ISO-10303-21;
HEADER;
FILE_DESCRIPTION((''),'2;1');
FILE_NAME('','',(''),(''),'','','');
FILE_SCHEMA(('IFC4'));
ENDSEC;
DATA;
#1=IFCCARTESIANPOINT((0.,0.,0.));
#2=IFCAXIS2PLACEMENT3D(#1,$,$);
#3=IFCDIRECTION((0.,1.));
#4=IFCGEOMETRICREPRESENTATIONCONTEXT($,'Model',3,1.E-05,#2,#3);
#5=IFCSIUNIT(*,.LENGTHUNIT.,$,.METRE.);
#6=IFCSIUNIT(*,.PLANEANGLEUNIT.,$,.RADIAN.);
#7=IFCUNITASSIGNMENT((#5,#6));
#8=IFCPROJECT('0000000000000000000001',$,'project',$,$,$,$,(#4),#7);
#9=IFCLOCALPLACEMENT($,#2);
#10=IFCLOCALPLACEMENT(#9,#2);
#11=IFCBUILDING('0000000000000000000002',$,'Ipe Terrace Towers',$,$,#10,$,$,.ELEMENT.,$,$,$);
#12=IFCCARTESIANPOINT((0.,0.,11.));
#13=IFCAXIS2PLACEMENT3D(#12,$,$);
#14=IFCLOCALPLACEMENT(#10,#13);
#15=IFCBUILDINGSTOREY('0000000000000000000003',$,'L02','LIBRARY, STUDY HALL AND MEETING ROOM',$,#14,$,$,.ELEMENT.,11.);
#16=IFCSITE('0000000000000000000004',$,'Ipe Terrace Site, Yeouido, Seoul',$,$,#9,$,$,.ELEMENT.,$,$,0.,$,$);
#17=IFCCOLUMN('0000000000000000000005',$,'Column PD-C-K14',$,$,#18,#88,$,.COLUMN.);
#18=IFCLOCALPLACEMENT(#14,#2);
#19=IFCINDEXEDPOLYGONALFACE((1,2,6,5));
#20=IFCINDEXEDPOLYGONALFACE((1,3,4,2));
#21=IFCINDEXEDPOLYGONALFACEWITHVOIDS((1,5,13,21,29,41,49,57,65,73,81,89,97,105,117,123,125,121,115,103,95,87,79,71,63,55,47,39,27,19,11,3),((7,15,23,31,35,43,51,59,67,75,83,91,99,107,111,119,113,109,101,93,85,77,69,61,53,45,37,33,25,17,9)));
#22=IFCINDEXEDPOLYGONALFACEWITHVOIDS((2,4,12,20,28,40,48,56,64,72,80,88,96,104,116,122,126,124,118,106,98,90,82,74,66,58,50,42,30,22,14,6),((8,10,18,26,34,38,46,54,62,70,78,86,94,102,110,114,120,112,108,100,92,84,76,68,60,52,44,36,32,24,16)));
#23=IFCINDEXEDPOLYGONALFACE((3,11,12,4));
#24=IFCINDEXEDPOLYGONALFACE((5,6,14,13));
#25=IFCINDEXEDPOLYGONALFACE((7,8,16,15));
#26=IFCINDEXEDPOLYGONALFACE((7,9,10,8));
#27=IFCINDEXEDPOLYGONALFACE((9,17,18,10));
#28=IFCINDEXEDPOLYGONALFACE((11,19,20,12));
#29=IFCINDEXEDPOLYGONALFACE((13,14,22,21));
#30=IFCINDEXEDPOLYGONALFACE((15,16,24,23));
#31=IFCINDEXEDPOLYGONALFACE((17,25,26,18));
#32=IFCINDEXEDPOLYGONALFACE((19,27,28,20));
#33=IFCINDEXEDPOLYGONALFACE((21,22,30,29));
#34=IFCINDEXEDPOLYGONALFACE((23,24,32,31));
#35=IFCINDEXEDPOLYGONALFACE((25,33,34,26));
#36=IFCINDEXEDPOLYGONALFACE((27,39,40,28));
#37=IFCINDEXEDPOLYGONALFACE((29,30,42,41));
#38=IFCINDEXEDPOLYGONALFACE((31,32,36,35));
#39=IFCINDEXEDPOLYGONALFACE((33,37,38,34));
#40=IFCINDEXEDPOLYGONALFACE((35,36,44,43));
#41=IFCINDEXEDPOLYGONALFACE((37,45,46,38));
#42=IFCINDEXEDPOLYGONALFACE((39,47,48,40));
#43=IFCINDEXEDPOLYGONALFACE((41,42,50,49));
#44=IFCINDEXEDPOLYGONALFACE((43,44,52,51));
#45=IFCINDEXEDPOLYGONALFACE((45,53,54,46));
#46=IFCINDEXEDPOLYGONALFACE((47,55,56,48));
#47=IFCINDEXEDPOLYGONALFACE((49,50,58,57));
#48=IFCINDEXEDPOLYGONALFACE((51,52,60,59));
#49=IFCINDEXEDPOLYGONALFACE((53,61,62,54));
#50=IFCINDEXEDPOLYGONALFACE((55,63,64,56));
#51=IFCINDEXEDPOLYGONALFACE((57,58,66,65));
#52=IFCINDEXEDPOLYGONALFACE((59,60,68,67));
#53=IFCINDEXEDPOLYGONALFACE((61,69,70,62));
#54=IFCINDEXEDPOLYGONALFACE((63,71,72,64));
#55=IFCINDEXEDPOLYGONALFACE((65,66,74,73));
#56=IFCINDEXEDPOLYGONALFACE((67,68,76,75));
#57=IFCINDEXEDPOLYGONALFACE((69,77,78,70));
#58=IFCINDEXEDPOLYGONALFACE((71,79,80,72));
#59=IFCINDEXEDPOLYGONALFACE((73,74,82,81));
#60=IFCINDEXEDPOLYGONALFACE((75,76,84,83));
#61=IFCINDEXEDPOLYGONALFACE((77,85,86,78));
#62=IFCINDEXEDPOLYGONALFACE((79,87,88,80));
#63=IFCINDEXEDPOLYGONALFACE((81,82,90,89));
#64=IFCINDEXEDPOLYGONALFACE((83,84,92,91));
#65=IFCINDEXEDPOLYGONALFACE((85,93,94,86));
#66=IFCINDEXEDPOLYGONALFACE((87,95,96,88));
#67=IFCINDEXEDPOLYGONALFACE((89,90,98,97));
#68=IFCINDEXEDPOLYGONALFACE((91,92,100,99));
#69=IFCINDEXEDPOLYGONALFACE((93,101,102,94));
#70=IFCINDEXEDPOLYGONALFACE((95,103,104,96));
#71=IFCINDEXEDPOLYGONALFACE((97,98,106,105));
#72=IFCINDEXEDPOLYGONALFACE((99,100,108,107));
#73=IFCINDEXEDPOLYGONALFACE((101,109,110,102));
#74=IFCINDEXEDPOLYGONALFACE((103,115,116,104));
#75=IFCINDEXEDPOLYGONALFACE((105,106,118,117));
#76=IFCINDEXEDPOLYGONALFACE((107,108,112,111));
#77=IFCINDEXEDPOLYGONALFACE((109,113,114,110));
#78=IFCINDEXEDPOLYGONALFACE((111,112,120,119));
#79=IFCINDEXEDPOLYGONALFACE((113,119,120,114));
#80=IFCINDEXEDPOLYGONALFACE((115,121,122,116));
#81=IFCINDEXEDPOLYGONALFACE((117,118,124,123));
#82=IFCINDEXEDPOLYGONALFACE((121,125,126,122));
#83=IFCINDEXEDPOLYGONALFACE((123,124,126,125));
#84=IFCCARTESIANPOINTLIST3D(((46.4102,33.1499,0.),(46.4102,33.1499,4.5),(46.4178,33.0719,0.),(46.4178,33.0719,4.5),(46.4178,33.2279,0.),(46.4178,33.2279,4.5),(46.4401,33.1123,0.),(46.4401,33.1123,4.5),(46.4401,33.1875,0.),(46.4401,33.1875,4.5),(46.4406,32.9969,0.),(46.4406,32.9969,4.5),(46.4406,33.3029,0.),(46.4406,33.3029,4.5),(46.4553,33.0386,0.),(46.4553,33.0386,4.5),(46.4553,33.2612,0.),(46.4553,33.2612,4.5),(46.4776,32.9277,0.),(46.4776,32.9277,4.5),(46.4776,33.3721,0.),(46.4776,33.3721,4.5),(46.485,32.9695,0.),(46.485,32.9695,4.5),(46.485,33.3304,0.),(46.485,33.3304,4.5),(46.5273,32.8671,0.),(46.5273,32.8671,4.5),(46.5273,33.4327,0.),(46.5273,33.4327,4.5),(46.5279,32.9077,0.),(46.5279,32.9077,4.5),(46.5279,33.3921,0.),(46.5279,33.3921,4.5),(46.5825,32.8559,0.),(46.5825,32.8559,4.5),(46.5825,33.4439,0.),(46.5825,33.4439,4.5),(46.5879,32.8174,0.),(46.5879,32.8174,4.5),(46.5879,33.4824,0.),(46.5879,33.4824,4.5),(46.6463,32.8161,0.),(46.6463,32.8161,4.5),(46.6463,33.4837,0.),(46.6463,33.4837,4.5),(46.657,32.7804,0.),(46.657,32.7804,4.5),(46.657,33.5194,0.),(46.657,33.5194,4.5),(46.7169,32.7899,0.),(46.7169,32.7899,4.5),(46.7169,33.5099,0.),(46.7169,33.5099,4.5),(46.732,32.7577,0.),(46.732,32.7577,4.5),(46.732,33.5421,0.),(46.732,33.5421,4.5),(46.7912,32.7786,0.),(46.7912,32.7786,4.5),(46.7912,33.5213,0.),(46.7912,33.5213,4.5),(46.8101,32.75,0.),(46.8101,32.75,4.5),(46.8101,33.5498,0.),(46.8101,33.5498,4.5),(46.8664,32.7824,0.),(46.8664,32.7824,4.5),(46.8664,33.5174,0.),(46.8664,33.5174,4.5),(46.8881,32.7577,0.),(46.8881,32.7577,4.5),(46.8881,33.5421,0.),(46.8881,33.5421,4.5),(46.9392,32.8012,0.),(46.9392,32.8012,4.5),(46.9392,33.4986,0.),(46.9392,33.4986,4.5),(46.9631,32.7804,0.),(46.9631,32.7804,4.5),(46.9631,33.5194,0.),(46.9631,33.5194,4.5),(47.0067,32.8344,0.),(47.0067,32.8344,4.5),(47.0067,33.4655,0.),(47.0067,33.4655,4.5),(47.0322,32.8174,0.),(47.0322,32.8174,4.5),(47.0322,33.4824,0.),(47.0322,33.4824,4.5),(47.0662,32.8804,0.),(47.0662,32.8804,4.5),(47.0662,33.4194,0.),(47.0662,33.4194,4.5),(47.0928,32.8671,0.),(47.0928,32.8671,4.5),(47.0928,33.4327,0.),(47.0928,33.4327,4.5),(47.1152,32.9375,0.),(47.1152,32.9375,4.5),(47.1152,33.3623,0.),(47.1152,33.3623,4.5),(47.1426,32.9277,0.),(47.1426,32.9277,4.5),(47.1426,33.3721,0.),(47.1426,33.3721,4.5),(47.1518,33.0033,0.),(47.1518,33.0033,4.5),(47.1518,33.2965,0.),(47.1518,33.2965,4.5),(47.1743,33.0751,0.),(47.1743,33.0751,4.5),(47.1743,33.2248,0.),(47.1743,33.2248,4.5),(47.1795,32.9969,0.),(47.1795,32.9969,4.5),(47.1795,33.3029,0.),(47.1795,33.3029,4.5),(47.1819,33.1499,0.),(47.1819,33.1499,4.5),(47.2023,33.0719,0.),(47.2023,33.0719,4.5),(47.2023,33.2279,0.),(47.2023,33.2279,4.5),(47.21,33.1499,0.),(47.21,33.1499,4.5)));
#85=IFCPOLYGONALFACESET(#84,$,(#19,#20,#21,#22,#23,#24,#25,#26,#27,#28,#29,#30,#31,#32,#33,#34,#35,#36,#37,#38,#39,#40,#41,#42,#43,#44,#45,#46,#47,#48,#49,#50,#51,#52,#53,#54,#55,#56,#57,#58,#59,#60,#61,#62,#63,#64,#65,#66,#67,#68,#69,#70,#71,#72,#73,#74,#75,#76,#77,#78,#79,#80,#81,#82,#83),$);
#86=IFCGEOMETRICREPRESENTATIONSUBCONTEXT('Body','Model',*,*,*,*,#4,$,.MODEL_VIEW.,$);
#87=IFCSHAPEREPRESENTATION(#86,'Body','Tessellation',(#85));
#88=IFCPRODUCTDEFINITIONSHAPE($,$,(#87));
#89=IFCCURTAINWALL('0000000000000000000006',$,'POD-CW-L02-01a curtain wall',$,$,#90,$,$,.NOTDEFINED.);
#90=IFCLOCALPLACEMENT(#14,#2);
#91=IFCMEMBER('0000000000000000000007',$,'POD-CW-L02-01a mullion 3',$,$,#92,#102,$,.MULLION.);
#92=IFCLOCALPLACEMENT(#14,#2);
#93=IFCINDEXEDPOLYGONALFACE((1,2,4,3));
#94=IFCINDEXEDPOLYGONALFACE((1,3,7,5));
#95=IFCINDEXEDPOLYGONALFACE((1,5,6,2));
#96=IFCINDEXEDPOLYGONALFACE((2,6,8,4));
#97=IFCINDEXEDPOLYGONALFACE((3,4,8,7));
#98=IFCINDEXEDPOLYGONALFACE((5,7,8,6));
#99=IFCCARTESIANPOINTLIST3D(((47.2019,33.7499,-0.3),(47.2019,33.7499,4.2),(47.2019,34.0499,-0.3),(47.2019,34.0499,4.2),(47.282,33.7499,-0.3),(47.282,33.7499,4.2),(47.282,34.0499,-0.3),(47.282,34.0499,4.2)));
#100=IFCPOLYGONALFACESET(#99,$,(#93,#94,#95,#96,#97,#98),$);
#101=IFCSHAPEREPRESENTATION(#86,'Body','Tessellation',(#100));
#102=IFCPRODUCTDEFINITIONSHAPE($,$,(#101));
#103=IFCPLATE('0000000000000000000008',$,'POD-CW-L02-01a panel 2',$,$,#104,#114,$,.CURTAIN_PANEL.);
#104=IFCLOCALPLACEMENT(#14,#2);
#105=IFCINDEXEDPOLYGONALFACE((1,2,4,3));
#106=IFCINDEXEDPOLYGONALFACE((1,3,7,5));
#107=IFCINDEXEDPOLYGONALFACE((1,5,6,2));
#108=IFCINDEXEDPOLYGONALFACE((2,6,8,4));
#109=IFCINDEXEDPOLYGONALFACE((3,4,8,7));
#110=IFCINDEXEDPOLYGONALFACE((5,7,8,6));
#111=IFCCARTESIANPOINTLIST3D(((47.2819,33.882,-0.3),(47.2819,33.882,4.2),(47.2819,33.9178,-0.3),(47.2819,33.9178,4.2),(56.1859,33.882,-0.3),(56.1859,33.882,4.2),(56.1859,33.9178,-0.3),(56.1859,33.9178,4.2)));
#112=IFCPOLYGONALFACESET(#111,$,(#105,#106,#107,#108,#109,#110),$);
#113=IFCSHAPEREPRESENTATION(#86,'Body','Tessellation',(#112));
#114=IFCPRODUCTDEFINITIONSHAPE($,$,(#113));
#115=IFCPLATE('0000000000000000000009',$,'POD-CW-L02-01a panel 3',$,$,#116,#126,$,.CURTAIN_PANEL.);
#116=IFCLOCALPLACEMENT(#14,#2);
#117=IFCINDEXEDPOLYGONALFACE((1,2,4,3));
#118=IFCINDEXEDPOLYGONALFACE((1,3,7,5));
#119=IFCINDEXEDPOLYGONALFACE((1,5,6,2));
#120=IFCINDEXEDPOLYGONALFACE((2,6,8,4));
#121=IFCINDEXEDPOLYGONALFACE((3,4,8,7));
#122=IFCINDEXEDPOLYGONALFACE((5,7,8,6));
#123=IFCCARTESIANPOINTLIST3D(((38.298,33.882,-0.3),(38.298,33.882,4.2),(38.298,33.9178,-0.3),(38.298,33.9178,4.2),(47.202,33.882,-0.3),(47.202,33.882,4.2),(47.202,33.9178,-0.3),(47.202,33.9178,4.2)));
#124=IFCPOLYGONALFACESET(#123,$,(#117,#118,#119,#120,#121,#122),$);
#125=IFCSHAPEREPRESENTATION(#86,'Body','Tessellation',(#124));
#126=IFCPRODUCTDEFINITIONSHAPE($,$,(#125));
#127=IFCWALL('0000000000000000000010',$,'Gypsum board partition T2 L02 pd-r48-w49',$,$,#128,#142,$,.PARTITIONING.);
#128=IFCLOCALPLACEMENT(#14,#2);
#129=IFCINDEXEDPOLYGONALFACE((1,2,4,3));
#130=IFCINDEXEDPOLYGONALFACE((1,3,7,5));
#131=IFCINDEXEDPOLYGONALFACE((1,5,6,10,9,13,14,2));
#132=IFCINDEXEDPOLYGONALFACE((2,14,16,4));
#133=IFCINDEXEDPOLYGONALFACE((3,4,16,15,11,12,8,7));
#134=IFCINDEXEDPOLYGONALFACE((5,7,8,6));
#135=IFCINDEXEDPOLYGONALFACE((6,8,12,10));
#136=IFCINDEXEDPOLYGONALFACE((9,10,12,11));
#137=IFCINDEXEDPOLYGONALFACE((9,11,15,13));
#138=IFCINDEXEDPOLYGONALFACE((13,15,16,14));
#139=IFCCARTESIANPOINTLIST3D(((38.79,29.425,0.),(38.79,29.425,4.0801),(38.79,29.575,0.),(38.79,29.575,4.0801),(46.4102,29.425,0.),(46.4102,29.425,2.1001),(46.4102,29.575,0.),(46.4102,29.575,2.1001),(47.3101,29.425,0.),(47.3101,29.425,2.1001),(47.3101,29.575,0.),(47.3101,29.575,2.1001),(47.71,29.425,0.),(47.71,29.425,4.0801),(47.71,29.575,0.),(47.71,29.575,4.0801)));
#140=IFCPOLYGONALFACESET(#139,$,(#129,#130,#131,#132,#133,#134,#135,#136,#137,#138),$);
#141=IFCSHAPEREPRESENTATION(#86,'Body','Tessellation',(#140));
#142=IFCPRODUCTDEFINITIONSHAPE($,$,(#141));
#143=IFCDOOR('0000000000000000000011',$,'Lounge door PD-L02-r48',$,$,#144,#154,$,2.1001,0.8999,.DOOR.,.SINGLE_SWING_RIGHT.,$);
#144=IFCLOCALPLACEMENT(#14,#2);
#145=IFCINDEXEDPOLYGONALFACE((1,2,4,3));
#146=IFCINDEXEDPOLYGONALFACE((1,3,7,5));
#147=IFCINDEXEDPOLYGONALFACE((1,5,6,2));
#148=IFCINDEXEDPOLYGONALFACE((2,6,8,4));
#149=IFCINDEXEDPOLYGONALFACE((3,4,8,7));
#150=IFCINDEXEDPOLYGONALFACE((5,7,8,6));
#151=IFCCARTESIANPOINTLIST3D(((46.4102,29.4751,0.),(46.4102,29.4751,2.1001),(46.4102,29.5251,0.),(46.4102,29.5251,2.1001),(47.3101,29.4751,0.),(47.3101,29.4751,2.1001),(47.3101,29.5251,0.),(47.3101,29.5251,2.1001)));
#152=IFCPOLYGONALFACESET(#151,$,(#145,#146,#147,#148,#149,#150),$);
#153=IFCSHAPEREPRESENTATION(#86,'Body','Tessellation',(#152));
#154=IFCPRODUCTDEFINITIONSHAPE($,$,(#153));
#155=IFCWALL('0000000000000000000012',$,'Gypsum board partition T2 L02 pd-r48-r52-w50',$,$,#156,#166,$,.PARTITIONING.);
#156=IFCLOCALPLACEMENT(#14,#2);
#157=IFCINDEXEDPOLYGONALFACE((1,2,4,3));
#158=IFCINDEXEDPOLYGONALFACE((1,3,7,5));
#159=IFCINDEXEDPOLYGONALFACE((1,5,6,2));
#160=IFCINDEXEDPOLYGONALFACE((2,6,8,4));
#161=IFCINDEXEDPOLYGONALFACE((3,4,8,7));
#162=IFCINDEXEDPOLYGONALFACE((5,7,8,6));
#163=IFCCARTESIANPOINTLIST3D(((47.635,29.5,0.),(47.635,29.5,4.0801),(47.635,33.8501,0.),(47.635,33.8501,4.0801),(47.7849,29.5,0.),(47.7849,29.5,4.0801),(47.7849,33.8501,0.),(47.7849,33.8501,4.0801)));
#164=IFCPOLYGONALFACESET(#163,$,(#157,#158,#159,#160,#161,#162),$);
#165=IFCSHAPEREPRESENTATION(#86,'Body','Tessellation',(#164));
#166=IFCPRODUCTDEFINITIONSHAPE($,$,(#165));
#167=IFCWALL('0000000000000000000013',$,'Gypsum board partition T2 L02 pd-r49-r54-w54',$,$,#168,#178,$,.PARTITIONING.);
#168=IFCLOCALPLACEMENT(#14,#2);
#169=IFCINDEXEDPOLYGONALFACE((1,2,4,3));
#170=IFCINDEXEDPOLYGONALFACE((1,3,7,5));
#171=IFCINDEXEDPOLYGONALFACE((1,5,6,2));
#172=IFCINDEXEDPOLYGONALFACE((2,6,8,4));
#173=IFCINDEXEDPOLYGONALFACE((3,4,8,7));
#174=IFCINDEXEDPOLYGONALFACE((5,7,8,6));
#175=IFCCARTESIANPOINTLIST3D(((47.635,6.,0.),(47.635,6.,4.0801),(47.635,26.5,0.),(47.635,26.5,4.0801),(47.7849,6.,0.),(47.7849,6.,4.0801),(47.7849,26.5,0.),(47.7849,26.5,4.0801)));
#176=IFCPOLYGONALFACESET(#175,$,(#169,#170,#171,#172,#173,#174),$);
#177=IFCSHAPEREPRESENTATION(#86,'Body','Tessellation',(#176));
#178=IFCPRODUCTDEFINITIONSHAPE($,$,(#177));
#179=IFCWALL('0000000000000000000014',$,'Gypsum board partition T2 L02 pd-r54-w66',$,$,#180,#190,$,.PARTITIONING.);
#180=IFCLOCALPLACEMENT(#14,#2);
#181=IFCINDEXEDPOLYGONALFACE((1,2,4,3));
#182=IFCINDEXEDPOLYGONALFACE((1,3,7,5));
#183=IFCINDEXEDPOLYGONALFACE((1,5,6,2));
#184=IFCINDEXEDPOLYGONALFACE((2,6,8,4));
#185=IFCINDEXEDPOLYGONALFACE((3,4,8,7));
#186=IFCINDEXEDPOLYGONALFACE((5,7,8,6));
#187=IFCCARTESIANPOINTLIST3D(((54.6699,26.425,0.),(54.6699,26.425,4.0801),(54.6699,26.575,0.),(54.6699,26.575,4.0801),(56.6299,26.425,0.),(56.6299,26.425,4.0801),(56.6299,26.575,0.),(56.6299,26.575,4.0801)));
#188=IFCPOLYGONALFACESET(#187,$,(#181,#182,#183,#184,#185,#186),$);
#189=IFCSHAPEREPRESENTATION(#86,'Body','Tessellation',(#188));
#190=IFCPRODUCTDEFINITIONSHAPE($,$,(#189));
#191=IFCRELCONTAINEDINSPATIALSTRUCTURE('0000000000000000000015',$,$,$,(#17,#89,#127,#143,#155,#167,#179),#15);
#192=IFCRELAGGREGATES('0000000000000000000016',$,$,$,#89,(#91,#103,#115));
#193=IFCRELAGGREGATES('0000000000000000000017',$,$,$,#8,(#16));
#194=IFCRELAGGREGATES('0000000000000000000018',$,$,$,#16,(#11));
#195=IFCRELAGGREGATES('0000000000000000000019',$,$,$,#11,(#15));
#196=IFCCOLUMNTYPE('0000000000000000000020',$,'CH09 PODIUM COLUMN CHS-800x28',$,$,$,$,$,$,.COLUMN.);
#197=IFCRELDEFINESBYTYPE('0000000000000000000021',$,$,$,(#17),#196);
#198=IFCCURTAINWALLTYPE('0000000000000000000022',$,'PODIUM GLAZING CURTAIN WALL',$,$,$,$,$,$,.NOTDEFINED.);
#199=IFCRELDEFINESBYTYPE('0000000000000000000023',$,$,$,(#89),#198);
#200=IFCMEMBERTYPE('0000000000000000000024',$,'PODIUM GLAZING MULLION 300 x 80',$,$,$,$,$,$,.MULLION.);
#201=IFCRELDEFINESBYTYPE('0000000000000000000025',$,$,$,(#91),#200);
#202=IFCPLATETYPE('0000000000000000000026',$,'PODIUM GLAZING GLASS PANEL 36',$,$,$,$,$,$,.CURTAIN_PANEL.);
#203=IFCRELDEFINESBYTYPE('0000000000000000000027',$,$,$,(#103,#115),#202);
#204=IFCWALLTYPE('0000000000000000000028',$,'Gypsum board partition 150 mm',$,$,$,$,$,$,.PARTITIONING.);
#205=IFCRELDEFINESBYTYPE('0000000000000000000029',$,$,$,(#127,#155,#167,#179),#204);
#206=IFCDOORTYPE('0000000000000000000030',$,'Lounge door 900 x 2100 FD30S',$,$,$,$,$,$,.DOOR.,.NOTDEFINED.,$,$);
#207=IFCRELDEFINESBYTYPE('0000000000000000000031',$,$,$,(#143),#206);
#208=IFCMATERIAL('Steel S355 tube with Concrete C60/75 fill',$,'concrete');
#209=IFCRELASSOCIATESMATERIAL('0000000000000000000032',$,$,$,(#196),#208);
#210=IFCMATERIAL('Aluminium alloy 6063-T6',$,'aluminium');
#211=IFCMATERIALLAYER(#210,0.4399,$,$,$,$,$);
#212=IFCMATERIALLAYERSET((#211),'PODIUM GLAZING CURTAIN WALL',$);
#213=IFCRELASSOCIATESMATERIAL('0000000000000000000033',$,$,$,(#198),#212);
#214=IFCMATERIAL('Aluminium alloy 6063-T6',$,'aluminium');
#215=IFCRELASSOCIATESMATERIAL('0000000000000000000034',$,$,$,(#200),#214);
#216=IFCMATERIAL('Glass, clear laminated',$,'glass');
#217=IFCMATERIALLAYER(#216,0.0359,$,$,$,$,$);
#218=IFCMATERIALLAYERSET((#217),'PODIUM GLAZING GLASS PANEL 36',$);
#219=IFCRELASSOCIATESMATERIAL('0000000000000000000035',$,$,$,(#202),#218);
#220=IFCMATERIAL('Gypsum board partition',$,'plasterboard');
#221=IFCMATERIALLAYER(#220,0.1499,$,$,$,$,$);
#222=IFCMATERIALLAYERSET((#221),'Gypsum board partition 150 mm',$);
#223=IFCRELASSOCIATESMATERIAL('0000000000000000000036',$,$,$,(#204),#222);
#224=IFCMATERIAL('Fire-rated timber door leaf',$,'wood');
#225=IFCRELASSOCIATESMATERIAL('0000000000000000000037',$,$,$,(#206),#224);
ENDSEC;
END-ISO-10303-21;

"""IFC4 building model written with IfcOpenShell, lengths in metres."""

from ifc_helpers import new_model, si_unit, direction, frame, frame_2d, origin, origin_2d, place, context, subcontext, project, spatial, rectangle, hollow_circle, extrude, material, layer, layer_set, material_profile, profile_set, type_object, element, fill, aggregate, save


model = new_model("IFC4")

# Units and contexts
model_context = context("Model", 3, precision=1e-05, world=origin(), true_north=direction((0.0, 1.0)))
body_context = subcontext(model_context, "Body", "Model", "MODEL_VIEW")
ifc_project = project(units=[si_unit("LENGTHUNIT", "METRE"), si_unit("PLANEANGLEUNIT", "RADIAN")], contexts=[model_context])

# Site, building, storey
site_placement = place(None, origin())
site = spatial("IfcSite", under=ifc_project, at=site_placement, Name="Ipe Terrace Site, Yeouido, Seoul", CompositionType="ELEMENT", RefElevation=0.0)
building_placement = place(site_placement, origin())
building = spatial("IfcBuilding", under=site, at=building_placement, Name="Ipe Terrace Towers", CompositionType="ELEMENT")
storey_placement = place(building_placement, frame((0.0, 0.0, 11.0)))
storey = spatial("IfcBuildingStorey", under=building, at=storey_placement, Name="L02", Description="LIBRARY, STUDY HALL AND MEETING ROOM", CompositionType="ELEMENT", Elevation=11.0)

# Column
ifc_material_1 = material(Name="Steel S355 tube with Concrete C60/75 fill", Category="concrete")
ifc_material_profile_1 = material_profile(ifc_material_1, hollow_circle(Radius=0.3999, WallThickness=0.0281, at=origin_2d()), Name="CHS-800x28")
ifc_profile_set_1 = profile_set([ifc_material_profile_1], Name="Steel S355 tube with Concrete C60/75 fill")
column_type_1 = type_object("IfcColumnType", Name="CH09 PODIUM COLUMN CHS-800x28", PredefinedType="COLUMN", material=ifc_profile_set_1)
column_placement = place(storey_placement, frame((46.8101, 33.1499, 0.0), z_axis=(0.0, 0.0, 1.0), x_axis=(1.0, 0.0, 0.0)))
element("IfcColumn", 1, at=column_placement, inside=storey, type_object=column_type_1, Name="Column PD-C-K14", PredefinedType="COLUMN", context=body_context, shape_type="SweptSolid", body=[
    extrude(hollow_circle(Radius=0.3999, WallThickness=0.0281, at=origin_2d()), origin(), (0.0, 0.0, 1.0), 4.5),
])

# Curtain wall, member, plates
ifc_material_2 = material(Name="Aluminium alloy 6063-T6", Category="aluminium")
ifc_layer_1 = layer(ifc_material_2, 0.4399)
ifc_layer_set_1 = layer_set([ifc_layer_1], Name="PODIUM GLAZING CURTAIN WALL")
curtain_wall_type = type_object("IfcCurtainWallType", Name="PODIUM GLAZING CURTAIN WALL", PredefinedType="NOTDEFINED", material=ifc_layer_set_1)
curtain_wall_placement = place(storey_placement, origin())
curtain_wall = element("IfcCurtainWall", 2, at=curtain_wall_placement, inside=storey, type_object=curtain_wall_type, Name="POD-CW-L02-01a curtain wall", PredefinedType="NOTDEFINED")
ifc_material_3 = material(Name="Aluminium alloy 6063-T6", Category="aluminium")
ifc_material_profile_2 = material_profile(ifc_material_3, rectangle(XDim=0.3, YDim=0.0801, at=origin_2d()), Name="PODIUM GLAZING MULLION 300 x 80")
ifc_profile_set_2 = profile_set([ifc_material_profile_2], Name="Aluminium alloy 6063-T6")
member_type = type_object("IfcMemberType", Name="PODIUM GLAZING MULLION 300 x 80", PredefinedType="MULLION", material=ifc_profile_set_2)
member_placement = place(storey_placement, frame((47.2419, 33.8999, -0.3), z_axis=(0.0, 0.0, 1.0), x_axis=(0.0, 1.0, 0.0)))
member = element("IfcMember", 3, at=member_placement, type_object=member_type, Name="POD-CW-L02-01a mullion 3", PredefinedType="MULLION", context=body_context, shape_type="SweptSolid", body=[
    extrude(rectangle(XDim=0.3, YDim=0.0801, at=origin_2d()), origin(), (0.0, 0.0, 1.0), 4.5),
])
ifc_material_4 = material(Name="Glass, clear laminated", Category="glass")
ifc_layer_2 = layer(ifc_material_4, 0.0359)
ifc_layer_set_2 = layer_set([ifc_layer_2], Name="PODIUM GLAZING GLASS PANEL 36")
plate_type = type_object("IfcPlateType", Name="PODIUM GLAZING GLASS PANEL 36", PredefinedType="CURTAIN_PANEL", material=ifc_layer_set_2)
plate_1_placement = place(storey_placement, frame((51.7339, 33.8999, -0.3), z_axis=(0.0, 0.0, 1.0), x_axis=(-1.0, 0.0, 0.0)))
plate_1 = element("IfcPlate", 4, at=plate_1_placement, type_object=plate_type, Name="POD-CW-L02-01a panel 2", PredefinedType="CURTAIN_PANEL", context=body_context, shape_type="SweptSolid", body=[
    extrude(rectangle(XDim=8.9041, YDim=0.0359, at=origin_2d()), origin(), (0.0, 0.0, 1.0), 4.5),
])
plate_2_placement = place(storey_placement, frame((42.75, 33.8999, -0.3), z_axis=(0.0, 0.0, 1.0), x_axis=(-1.0, 0.0, 0.0)))
plate_2 = element("IfcPlate", 5, at=plate_2_placement, type_object=plate_type, Name="POD-CW-L02-01a panel 3", PredefinedType="CURTAIN_PANEL", context=body_context, shape_type="SweptSolid", body=[
    extrude(rectangle(XDim=8.9041, YDim=0.0359, at=origin_2d()), origin(), (0.0, 0.0, 1.0), 4.5),
])
aggregate(curtain_wall, [member, plate_1, plate_2])

# Wall, opening, door
ifc_material_5 = material(Name="Gypsum board partition", Category="plasterboard")
ifc_layer_3 = layer(ifc_material_5, 0.1499)
ifc_layer_set_3 = layer_set([ifc_layer_3], Name="Gypsum board partition 150 mm")
wall_type_1 = type_object("IfcWallType", Name="Gypsum board partition 150 mm", PredefinedType="PARTITIONING", material=ifc_layer_set_3)
wall_1_placement = place(storey_placement, frame((47.71, 29.5, 0.0), z_axis=(0.0, 0.0, 1.0), x_axis=(-1.0, 0.0, 0.0)))
wall_1 = element("IfcWall", 6, at=wall_1_placement, inside=storey, type_object=wall_type_1, Name="Gypsum board partition T2 L02 pd-r48-w49", PredefinedType="PARTITIONING", context=body_context, shape_type="SweptSolid", body=[
    extrude(rectangle(XDim=8.9199, YDim=0.1499, at=frame_2d((4.46, 0.0))), origin(), (0.0, 0.0, 1.0), 4.0801),
])
opening_1_placement = place(wall_1_placement, frame((0.3999, 0.0, 0.0)))
opening_1 = element("IfcOpeningElement", 7, at=opening_1_placement, cuts=wall_1, PredefinedType="OPENING", context=body_context, shape_type="SweptSolid", body=[
    extrude(rectangle(XDim=0.8999, YDim=2.1001, at=frame_2d((0.45, 1.05))), frame((0.0, 0.085, 0.0), z_axis=(0.0, -1.0, 0.0), x_axis=(1.0, 0.0, 0.0)), (0.0, 0.0, 1.0), 0.1699),
])
ifc_material_6 = material(Name="Fire-rated timber door leaf", Category="wood")
door_type_1 = type_object("IfcDoorType", Name="Lounge door 900 x 2100 FD30S", OperationType="NOTDEFINED", PredefinedType="DOOR", material=ifc_material_6)
door_1_placement = place(opening_1_placement, origin())
door_1 = element("IfcDoor", 8, at=door_1_placement, inside=storey, type_object=door_type_1, Name="Lounge door PD-L02-r48", OperationType="SINGLE_SWING_RIGHT", OverallHeight=2.1001, OverallWidth=0.8999, PredefinedType="DOOR", context=body_context, shape_type="SweptSolid", body=[
    extrude(rectangle(XDim=0.8999, YDim=2.1001, at=frame_2d((0.45, 1.05))), frame((0.0, 0.0249, 0.0), z_axis=(0.0, -1.0, 0.0), x_axis=(1.0, 0.0, 0.0)), (0.0, 0.0, 1.0), 0.05),
])
fill(opening_1, door_1)

# Walls
wall_2_placement = place(storey_placement, frame((47.71, 33.8501, 0.0), z_axis=(0.0, 0.0, 1.0), x_axis=(0.0, -1.0, 0.0)))
element("IfcWall", 9, at=wall_2_placement, inside=storey, type_object=wall_type_1, Name="Gypsum board partition T2 L02 pd-r48-r52-w50", PredefinedType="PARTITIONING", context=body_context, shape_type="SweptSolid", body=[
    extrude(rectangle(XDim=4.3501, YDim=0.1499, at=frame_2d((2.175, 0.0))), origin(), (0.0, 0.0, 1.0), 4.0801),
])
wall_3_placement = place(storey_placement, frame((47.71, 26.5, 0.0), z_axis=(0.0, 0.0, 1.0), x_axis=(0.0, -1.0, 0.0)))
element("IfcWall", 10, at=wall_3_placement, inside=storey, type_object=wall_type_1, Name="Gypsum board partition T2 L02 pd-r49-r54-w54", PredefinedType="PARTITIONING", context=body_context, shape_type="SweptSolid", body=[
    extrude(rectangle(XDim=20.5, YDim=0.1499, at=frame_2d((10.25, 0.0))), origin(), (0.0, 0.0, 1.0), 4.0801),
])
wall_4_placement = place(storey_placement, frame((54.6699, 26.5, 0.0), z_axis=(0.0, 0.0, 1.0), x_axis=(1.0, 0.0, 0.0)))
element("IfcWall", 11, at=wall_4_placement, inside=storey, type_object=wall_type_1, Name="Gypsum board partition T2 L02 pd-r54-w66", PredefinedType="PARTITIONING", context=body_context, shape_type="SweptSolid", body=[
    extrude(rectangle(XDim=1.96, YDim=0.1499, at=frame_2d((0.98, 0.0))), origin(), (0.0, 0.0, 1.0), 4.0801),
])

save(model, "model.ifc")
